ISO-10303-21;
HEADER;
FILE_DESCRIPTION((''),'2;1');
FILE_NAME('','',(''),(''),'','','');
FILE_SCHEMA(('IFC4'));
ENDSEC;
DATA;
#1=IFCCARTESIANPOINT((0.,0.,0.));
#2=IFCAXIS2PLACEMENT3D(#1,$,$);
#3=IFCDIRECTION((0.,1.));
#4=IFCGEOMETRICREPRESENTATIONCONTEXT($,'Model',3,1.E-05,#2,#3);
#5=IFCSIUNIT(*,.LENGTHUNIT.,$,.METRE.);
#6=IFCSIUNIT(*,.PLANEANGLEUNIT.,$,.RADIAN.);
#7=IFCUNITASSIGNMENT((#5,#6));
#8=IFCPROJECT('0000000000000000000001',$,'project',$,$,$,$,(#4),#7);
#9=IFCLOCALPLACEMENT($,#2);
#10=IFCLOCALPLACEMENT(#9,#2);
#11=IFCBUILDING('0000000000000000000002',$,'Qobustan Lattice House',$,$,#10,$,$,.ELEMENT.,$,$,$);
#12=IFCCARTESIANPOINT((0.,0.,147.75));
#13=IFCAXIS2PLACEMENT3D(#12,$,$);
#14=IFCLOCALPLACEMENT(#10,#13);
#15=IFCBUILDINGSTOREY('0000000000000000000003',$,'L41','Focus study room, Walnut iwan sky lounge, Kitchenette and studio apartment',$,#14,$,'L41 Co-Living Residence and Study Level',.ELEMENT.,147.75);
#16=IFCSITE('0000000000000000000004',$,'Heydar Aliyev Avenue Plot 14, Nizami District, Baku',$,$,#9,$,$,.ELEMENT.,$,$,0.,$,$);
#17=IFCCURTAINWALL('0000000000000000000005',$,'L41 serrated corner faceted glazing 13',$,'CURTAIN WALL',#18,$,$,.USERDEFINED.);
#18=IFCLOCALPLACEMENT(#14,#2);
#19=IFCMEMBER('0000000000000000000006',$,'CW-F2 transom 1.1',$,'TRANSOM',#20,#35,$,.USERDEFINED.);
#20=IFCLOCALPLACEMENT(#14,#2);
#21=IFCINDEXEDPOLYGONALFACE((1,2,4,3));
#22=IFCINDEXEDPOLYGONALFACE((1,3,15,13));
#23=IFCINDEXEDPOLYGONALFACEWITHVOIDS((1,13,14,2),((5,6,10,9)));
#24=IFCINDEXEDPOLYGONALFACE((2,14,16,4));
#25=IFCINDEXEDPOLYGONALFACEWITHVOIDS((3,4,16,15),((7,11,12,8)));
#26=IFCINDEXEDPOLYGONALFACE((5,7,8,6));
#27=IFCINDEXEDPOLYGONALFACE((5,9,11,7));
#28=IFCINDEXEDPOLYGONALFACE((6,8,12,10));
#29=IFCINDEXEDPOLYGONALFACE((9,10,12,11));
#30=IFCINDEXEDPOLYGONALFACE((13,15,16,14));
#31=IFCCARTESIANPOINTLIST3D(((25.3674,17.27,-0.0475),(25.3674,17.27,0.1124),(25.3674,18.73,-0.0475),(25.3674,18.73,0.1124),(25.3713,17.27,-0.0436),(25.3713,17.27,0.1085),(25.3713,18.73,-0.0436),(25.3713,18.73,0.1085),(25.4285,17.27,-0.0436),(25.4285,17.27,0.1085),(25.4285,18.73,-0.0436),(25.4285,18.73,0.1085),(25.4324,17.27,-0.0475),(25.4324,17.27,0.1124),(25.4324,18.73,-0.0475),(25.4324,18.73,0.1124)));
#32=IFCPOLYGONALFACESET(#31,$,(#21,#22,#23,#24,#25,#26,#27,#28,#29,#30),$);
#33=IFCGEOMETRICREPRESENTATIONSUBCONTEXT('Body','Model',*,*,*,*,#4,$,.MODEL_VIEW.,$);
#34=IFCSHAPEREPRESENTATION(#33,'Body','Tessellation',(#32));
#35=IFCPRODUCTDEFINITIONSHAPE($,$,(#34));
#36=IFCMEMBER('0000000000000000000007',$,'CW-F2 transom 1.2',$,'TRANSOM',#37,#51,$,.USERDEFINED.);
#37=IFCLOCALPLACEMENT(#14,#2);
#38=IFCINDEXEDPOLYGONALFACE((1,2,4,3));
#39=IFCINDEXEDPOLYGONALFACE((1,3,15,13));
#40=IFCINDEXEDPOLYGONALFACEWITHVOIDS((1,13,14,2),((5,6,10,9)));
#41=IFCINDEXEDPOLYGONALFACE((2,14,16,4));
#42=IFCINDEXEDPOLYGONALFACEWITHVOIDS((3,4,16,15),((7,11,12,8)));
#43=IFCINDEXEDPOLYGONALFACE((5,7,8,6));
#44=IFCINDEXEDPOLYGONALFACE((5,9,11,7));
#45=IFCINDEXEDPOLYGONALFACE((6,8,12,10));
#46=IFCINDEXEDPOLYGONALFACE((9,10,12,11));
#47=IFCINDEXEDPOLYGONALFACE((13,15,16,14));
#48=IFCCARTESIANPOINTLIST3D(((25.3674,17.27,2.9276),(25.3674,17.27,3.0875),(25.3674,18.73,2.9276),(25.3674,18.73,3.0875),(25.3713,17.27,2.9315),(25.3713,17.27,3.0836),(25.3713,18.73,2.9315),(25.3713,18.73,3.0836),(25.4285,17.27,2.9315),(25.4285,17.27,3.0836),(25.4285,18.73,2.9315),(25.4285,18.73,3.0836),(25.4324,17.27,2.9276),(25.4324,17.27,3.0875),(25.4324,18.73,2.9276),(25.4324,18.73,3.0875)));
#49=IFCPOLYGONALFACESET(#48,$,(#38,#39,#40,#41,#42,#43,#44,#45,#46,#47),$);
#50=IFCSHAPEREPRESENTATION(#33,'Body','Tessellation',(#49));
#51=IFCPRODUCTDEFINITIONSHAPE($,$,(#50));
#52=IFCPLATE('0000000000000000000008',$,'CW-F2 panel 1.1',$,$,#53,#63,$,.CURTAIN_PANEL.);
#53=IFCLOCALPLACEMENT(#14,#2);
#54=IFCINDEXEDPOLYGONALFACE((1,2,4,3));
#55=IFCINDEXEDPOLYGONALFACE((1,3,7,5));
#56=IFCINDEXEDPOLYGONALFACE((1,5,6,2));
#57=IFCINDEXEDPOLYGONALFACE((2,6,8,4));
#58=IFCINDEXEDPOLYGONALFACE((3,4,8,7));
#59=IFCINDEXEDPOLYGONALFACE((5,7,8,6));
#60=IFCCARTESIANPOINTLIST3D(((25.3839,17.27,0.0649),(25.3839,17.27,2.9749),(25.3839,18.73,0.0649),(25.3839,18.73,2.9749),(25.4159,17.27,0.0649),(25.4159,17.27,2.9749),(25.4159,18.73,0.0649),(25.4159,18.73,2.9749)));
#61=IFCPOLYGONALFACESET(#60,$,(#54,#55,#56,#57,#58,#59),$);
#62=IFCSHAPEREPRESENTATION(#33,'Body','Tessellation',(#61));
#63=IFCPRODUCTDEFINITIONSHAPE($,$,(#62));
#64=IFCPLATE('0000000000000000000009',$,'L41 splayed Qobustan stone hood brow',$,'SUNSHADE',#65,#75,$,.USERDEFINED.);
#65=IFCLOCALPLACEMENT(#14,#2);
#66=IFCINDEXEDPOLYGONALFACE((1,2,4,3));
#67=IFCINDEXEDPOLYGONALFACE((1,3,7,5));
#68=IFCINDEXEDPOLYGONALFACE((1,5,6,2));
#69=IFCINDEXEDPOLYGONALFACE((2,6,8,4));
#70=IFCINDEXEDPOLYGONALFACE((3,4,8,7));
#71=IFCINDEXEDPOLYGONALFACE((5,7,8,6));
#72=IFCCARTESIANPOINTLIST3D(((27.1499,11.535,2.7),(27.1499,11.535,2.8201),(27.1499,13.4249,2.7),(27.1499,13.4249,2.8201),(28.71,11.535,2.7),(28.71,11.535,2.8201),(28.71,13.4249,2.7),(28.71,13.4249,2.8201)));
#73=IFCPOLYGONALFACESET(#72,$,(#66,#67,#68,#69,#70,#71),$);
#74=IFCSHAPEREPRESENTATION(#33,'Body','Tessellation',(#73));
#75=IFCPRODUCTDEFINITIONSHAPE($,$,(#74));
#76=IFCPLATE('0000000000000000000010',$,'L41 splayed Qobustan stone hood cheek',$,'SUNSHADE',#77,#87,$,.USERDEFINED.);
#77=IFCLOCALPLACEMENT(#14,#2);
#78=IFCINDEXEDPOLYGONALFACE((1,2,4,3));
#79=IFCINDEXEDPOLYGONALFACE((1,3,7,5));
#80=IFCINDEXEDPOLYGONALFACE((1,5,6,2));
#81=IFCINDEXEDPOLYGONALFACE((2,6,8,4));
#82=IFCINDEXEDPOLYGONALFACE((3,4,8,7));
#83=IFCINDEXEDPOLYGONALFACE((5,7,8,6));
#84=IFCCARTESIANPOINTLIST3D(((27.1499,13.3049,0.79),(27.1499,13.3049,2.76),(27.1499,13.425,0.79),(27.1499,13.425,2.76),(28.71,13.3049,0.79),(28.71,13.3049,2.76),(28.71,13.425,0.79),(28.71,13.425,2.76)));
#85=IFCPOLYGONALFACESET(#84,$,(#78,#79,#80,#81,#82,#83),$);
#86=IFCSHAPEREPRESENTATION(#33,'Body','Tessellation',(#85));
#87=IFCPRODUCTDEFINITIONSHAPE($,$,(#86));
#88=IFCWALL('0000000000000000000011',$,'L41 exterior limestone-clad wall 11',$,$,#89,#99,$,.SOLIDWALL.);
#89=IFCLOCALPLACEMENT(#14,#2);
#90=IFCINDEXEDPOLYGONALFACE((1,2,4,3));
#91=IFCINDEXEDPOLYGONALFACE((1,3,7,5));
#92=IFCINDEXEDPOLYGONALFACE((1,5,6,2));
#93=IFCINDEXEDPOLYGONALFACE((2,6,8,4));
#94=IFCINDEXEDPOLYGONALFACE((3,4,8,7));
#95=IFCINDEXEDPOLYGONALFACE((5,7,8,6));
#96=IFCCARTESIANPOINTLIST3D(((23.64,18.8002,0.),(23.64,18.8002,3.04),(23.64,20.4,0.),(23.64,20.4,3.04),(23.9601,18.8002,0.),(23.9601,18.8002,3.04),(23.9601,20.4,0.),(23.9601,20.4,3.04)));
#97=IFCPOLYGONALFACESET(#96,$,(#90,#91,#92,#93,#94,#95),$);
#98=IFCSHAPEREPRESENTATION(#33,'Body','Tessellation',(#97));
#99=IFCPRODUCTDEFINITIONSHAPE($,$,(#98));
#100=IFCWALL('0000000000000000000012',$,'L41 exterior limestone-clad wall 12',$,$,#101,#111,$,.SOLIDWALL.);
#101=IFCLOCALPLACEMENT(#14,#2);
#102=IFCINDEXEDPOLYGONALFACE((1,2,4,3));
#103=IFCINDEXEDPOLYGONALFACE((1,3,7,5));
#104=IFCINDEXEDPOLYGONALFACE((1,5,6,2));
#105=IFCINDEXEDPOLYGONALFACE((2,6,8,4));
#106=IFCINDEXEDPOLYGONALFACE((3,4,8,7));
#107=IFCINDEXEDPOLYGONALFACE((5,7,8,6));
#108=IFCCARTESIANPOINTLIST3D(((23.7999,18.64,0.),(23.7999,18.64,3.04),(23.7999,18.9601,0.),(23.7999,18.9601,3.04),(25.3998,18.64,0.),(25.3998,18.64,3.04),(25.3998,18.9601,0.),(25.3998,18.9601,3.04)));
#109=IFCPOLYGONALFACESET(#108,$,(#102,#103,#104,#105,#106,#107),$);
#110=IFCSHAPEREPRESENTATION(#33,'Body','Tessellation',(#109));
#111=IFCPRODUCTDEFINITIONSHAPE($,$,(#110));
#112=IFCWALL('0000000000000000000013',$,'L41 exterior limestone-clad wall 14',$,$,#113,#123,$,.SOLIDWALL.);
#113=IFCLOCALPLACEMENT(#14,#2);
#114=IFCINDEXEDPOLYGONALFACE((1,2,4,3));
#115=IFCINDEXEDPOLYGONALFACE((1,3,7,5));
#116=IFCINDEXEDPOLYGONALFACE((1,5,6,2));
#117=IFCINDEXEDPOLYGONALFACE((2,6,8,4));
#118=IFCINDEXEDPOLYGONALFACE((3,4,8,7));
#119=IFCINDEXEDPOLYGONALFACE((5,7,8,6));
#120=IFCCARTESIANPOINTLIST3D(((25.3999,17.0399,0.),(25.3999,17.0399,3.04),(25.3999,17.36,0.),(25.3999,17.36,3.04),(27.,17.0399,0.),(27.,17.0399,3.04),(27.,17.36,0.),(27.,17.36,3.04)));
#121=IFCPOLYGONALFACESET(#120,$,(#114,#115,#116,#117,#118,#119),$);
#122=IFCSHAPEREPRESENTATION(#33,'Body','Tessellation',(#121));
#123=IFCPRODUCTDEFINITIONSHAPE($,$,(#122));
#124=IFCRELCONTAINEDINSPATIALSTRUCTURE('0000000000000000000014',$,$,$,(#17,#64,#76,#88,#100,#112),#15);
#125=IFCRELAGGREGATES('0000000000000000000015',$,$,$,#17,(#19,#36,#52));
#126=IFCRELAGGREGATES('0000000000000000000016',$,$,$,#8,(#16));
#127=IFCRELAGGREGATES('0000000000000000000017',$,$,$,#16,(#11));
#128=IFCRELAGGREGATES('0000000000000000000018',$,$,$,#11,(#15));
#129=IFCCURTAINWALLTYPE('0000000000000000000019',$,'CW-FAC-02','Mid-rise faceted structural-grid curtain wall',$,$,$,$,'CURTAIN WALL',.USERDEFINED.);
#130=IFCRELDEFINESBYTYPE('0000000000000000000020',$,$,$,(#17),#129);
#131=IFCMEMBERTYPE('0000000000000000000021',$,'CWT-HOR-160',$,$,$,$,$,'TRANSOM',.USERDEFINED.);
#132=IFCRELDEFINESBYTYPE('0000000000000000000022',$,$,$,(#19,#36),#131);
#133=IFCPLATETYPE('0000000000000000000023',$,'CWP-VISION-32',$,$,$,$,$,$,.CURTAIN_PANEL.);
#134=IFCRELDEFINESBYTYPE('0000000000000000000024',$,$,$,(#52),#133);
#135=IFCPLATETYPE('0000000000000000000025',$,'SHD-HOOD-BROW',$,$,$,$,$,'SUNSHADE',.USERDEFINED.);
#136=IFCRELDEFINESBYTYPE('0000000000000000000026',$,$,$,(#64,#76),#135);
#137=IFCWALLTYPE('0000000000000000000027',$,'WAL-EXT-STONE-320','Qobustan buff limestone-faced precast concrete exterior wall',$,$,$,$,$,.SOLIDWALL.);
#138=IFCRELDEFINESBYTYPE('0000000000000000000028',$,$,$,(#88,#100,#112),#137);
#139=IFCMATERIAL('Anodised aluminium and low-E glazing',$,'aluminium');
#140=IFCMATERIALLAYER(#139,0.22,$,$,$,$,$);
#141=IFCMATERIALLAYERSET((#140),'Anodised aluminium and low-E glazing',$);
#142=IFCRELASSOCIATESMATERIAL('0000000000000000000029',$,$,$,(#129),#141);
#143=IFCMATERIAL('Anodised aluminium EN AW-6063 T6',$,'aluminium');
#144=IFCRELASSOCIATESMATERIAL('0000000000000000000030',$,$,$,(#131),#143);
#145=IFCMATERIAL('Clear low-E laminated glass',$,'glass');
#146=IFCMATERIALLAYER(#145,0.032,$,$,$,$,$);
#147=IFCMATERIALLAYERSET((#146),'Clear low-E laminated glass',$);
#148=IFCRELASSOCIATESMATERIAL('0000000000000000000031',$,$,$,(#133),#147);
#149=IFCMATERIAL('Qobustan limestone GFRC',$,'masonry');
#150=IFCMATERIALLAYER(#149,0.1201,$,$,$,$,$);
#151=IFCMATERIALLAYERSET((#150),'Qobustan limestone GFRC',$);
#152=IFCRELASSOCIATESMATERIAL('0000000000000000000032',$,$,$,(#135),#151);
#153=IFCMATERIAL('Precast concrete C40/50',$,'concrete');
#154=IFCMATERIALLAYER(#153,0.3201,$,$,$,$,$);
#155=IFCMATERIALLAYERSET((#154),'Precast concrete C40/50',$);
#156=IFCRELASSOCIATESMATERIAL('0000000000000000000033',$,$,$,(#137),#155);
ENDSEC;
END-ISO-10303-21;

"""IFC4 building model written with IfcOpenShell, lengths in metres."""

from ifc_helpers import new_model, si_unit, direction, frame, frame_2d, origin, origin_2d, place, context, subcontext, project, spatial, rectangle, hollow_rectangle, extrude, material, layer, layer_set, material_profile, profile_set, type_object, element, aggregate, save


model = new_model("IFC4")

# Units and contexts
model_context = context("Model", 3, precision=1e-05, world=origin(), true_north=direction((0.0, 1.0)))
body_context = subcontext(model_context, "Body", "Model", "MODEL_VIEW")
ifc_project = project(units=[si_unit("LENGTHUNIT", "METRE"), si_unit("PLANEANGLEUNIT", "RADIAN")], contexts=[model_context])

# Site, building, storey
site_placement = place(None, origin())
site = spatial("IfcSite", under=ifc_project, at=site_placement, Name="Heydar Aliyev Avenue Plot 14, Nizami District, Baku", CompositionType="ELEMENT", RefElevation=0.0)
building_placement = place(site_placement, origin())
building = spatial("IfcBuilding", under=site, at=building_placement, Name="Qobustan Lattice House", CompositionType="ELEMENT")
storey_placement = place(building_placement, frame((0.0, 0.0, 147.75)))
storey = spatial("IfcBuildingStorey", under=building, at=storey_placement, Name="L41", Description="Focus study room, Walnut iwan sky lounge, Kitchenette and studio apartment", LongName="L41 Co-Living Residence and Study Level", CompositionType="ELEMENT", Elevation=147.75)

# Curtain wall, members, plate
ifc_material_1 = material(Name="Anodised aluminium and low-E glazing", Category="aluminium")
ifc_layer_1 = layer(ifc_material_1, 0.22)
ifc_layer_set_1 = layer_set([ifc_layer_1], Name="Anodised aluminium and low-E glazing")
curtain_wall_type = type_object("IfcCurtainWallType", Name="CW-FAC-02", Description="Mid-rise faceted structural-grid curtain wall", ElementType="CURTAIN WALL", PredefinedType="USERDEFINED", material=ifc_layer_set_1)
curtain_wall_placement = place(storey_placement, origin())
curtain_wall = element("IfcCurtainWall", 1, at=curtain_wall_placement, inside=storey, type_object=curtain_wall_type, Name="L41 serrated corner faceted glazing 13", ObjectType="CURTAIN WALL", PredefinedType="USERDEFINED")
ifc_material_2 = material(Name="Anodised aluminium EN AW-6063 T6", Category="aluminium")
ifc_material_profile_1 = material_profile(ifc_material_2, hollow_rectangle(XDim=0.0649, YDim=0.1599, WallThickness=0.0039, at=origin_2d()), Name="CWT-160x65")
ifc_profile_set_1 = profile_set([ifc_material_profile_1], Name="Anodised aluminium EN AW-6063 T6")
member_type_1 = type_object("IfcMemberType", Name="CWT-HOR-160", ElementType="TRANSOM", PredefinedType="USERDEFINED", material=ifc_profile_set_1)
member_1_placement = place(storey_placement, frame((25.3999, 18.73, 0.0325), z_axis=(0.0, -1.0, 0.0), x_axis=(1.0, 0.0, 0.0)))
member_1 = element("IfcMember", 2, at=member_1_placement, type_object=member_type_1, Name="CW-F2 transom 1.1", ObjectType="TRANSOM", PredefinedType="USERDEFINED", context=body_context, shape_type="SweptSolid", body=[
    extrude(hollow_rectangle(XDim=0.0649, YDim=0.1599, WallThickness=0.0039, at=origin_2d()), origin(), (0.0, 0.0, 1.0), 1.46),
])
member_2_placement = place(storey_placement, frame((25.3999, 18.73, 3.0076), z_axis=(0.0, -1.0, 0.0), x_axis=(1.0, 0.0, 0.0)))
member_2 = element("IfcMember", 3, at=member_2_placement, type_object=member_type_1, Name="CW-F2 transom 1.2", ObjectType="TRANSOM", PredefinedType="USERDEFINED", context=body_context, shape_type="SweptSolid", body=[
    extrude(hollow_rectangle(XDim=0.0649, YDim=0.1599, WallThickness=0.0039, at=origin_2d()), origin(), (0.0, 0.0, 1.0), 1.46),
])
ifc_material_3 = material(Name="Clear low-E laminated glass", Category="glass")
ifc_layer_2 = layer(ifc_material_3, 0.032)
ifc_layer_set_2 = layer_set([ifc_layer_2], Name="Clear low-E laminated glass")
plate_type_1 = type_object("IfcPlateType", Name="CWP-VISION-32", PredefinedType="CURTAIN_PANEL", material=ifc_layer_set_2)
plate_1_placement = place(storey_placement, frame((25.3999, 18.0, 0.0649), z_axis=(0.0, 0.0, 1.0), x_axis=(0.0, -1.0, 0.0)))
plate_1 = element("IfcPlate", 4, at=plate_1_placement, type_object=plate_type_1, Name="CW-F2 panel 1.1", PredefinedType="CURTAIN_PANEL", context=body_context, shape_type="SweptSolid", body=[
    extrude(rectangle(XDim=1.46, YDim=0.032, at=origin_2d()), origin(), (0.0, 0.0, 1.0), 2.9099),
])
aggregate(curtain_wall, [member_1, member_2, plate_1])

# Plates
ifc_material_4 = material(Name="Qobustan limestone GFRC", Category="masonry")
ifc_layer_3 = layer(ifc_material_4, 0.1201)
ifc_layer_set_3 = layer_set([ifc_layer_3], Name="Qobustan limestone GFRC")
plate_type_2 = type_object("IfcPlateType", Name="SHD-HOOD-BROW", ElementType="SUNSHADE", PredefinedType="USERDEFINED", material=ifc_layer_set_3)
plate_2_placement = place(storey_placement, frame((27.9299, 12.48, 2.7), z_axis=(0.0, 0.0, 1.0), x_axis=(0.0, -1.0, 0.0)))
element("IfcPlate", 5, at=plate_2_placement, inside=storey, type_object=plate_type_2, Name="L41 splayed Qobustan stone hood brow", ObjectType="SUNSHADE", PredefinedType="USERDEFINED", context=body_context, shape_type="SweptSolid", body=[
    extrude(rectangle(XDim=1.8899, YDim=1.5601, at=origin_2d()), origin(), (0.0, 0.0, 1.0), 0.1201),
])
plate_3_placement = place(storey_placement, frame((27.9299, 13.365, 0.79), z_axis=(0.0, 0.0, 1.0), x_axis=(0.0, -1.0, 0.0)))
element("IfcPlate", 6, at=plate_3_placement, inside=storey, type_object=plate_type_2, Name="L41 splayed Qobustan stone hood cheek", ObjectType="SUNSHADE", PredefinedType="USERDEFINED", context=body_context, shape_type="SweptSolid", body=[
    extrude(rectangle(XDim=0.1201, YDim=1.5601, at=origin_2d()), origin(), (0.0, 0.0, 1.0), 1.97),
])

# Walls
ifc_material_5 = material(Name="Precast concrete C40/50", Category="concrete")
ifc_layer_4 = layer(ifc_material_5, 0.3201)
ifc_layer_set_4 = layer_set([ifc_layer_4], Name="Precast concrete C40/50")
wall_type = type_object("IfcWallType", Name="WAL-EXT-STONE-320", Description="Qobustan buff limestone-faced precast concrete exterior wall", PredefinedType="SOLIDWALL", material=ifc_layer_set_4)
for number, where, z_axis, x_axis, name in (
    (7, (23.8, 20.3999, 0.0), (0.0, 0.0, 1.0), (0.0, -1.0, 0.0), "L41 exterior limestone-clad wall 11"),
    (8, (23.8, 18.8, 0.0), (0.0, 0.0, 1.0), (1.0, 0.0, 0.0), "L41 exterior limestone-clad wall 12"),
):
    element("IfcWall", number, at=place(storey_placement, frame(where, z_axis=z_axis, x_axis=x_axis)), inside=storey, type_object=wall_type, Name=name, PredefinedType="SOLIDWALL", context=body_context, shape_type="SweptSolid", body=[
        extrude(rectangle(XDim=1.5999, YDim=0.3201, at=frame_2d((0.7998, 0.0))), origin(), (0.0, 0.0, 1.0), 3.04),
    ])
wall_1_placement = place(storey_placement, frame((25.3999, 17.2, 0.0), z_axis=(0.0, 0.0, 1.0), x_axis=(1.0, 0.0, 0.0)))
element("IfcWall", 9, at=wall_1_placement, inside=storey, type_object=wall_type, Name="L41 exterior limestone-clad wall 14", PredefinedType="SOLIDWALL", context=body_context, shape_type="SweptSolid", body=[
    extrude(rectangle(XDim=1.6001, YDim=0.3201, at=frame_2d((0.8, 0.0))), origin(), (0.0, 0.0, 1.0), 3.04),
])

save(model, "model.ifc")
